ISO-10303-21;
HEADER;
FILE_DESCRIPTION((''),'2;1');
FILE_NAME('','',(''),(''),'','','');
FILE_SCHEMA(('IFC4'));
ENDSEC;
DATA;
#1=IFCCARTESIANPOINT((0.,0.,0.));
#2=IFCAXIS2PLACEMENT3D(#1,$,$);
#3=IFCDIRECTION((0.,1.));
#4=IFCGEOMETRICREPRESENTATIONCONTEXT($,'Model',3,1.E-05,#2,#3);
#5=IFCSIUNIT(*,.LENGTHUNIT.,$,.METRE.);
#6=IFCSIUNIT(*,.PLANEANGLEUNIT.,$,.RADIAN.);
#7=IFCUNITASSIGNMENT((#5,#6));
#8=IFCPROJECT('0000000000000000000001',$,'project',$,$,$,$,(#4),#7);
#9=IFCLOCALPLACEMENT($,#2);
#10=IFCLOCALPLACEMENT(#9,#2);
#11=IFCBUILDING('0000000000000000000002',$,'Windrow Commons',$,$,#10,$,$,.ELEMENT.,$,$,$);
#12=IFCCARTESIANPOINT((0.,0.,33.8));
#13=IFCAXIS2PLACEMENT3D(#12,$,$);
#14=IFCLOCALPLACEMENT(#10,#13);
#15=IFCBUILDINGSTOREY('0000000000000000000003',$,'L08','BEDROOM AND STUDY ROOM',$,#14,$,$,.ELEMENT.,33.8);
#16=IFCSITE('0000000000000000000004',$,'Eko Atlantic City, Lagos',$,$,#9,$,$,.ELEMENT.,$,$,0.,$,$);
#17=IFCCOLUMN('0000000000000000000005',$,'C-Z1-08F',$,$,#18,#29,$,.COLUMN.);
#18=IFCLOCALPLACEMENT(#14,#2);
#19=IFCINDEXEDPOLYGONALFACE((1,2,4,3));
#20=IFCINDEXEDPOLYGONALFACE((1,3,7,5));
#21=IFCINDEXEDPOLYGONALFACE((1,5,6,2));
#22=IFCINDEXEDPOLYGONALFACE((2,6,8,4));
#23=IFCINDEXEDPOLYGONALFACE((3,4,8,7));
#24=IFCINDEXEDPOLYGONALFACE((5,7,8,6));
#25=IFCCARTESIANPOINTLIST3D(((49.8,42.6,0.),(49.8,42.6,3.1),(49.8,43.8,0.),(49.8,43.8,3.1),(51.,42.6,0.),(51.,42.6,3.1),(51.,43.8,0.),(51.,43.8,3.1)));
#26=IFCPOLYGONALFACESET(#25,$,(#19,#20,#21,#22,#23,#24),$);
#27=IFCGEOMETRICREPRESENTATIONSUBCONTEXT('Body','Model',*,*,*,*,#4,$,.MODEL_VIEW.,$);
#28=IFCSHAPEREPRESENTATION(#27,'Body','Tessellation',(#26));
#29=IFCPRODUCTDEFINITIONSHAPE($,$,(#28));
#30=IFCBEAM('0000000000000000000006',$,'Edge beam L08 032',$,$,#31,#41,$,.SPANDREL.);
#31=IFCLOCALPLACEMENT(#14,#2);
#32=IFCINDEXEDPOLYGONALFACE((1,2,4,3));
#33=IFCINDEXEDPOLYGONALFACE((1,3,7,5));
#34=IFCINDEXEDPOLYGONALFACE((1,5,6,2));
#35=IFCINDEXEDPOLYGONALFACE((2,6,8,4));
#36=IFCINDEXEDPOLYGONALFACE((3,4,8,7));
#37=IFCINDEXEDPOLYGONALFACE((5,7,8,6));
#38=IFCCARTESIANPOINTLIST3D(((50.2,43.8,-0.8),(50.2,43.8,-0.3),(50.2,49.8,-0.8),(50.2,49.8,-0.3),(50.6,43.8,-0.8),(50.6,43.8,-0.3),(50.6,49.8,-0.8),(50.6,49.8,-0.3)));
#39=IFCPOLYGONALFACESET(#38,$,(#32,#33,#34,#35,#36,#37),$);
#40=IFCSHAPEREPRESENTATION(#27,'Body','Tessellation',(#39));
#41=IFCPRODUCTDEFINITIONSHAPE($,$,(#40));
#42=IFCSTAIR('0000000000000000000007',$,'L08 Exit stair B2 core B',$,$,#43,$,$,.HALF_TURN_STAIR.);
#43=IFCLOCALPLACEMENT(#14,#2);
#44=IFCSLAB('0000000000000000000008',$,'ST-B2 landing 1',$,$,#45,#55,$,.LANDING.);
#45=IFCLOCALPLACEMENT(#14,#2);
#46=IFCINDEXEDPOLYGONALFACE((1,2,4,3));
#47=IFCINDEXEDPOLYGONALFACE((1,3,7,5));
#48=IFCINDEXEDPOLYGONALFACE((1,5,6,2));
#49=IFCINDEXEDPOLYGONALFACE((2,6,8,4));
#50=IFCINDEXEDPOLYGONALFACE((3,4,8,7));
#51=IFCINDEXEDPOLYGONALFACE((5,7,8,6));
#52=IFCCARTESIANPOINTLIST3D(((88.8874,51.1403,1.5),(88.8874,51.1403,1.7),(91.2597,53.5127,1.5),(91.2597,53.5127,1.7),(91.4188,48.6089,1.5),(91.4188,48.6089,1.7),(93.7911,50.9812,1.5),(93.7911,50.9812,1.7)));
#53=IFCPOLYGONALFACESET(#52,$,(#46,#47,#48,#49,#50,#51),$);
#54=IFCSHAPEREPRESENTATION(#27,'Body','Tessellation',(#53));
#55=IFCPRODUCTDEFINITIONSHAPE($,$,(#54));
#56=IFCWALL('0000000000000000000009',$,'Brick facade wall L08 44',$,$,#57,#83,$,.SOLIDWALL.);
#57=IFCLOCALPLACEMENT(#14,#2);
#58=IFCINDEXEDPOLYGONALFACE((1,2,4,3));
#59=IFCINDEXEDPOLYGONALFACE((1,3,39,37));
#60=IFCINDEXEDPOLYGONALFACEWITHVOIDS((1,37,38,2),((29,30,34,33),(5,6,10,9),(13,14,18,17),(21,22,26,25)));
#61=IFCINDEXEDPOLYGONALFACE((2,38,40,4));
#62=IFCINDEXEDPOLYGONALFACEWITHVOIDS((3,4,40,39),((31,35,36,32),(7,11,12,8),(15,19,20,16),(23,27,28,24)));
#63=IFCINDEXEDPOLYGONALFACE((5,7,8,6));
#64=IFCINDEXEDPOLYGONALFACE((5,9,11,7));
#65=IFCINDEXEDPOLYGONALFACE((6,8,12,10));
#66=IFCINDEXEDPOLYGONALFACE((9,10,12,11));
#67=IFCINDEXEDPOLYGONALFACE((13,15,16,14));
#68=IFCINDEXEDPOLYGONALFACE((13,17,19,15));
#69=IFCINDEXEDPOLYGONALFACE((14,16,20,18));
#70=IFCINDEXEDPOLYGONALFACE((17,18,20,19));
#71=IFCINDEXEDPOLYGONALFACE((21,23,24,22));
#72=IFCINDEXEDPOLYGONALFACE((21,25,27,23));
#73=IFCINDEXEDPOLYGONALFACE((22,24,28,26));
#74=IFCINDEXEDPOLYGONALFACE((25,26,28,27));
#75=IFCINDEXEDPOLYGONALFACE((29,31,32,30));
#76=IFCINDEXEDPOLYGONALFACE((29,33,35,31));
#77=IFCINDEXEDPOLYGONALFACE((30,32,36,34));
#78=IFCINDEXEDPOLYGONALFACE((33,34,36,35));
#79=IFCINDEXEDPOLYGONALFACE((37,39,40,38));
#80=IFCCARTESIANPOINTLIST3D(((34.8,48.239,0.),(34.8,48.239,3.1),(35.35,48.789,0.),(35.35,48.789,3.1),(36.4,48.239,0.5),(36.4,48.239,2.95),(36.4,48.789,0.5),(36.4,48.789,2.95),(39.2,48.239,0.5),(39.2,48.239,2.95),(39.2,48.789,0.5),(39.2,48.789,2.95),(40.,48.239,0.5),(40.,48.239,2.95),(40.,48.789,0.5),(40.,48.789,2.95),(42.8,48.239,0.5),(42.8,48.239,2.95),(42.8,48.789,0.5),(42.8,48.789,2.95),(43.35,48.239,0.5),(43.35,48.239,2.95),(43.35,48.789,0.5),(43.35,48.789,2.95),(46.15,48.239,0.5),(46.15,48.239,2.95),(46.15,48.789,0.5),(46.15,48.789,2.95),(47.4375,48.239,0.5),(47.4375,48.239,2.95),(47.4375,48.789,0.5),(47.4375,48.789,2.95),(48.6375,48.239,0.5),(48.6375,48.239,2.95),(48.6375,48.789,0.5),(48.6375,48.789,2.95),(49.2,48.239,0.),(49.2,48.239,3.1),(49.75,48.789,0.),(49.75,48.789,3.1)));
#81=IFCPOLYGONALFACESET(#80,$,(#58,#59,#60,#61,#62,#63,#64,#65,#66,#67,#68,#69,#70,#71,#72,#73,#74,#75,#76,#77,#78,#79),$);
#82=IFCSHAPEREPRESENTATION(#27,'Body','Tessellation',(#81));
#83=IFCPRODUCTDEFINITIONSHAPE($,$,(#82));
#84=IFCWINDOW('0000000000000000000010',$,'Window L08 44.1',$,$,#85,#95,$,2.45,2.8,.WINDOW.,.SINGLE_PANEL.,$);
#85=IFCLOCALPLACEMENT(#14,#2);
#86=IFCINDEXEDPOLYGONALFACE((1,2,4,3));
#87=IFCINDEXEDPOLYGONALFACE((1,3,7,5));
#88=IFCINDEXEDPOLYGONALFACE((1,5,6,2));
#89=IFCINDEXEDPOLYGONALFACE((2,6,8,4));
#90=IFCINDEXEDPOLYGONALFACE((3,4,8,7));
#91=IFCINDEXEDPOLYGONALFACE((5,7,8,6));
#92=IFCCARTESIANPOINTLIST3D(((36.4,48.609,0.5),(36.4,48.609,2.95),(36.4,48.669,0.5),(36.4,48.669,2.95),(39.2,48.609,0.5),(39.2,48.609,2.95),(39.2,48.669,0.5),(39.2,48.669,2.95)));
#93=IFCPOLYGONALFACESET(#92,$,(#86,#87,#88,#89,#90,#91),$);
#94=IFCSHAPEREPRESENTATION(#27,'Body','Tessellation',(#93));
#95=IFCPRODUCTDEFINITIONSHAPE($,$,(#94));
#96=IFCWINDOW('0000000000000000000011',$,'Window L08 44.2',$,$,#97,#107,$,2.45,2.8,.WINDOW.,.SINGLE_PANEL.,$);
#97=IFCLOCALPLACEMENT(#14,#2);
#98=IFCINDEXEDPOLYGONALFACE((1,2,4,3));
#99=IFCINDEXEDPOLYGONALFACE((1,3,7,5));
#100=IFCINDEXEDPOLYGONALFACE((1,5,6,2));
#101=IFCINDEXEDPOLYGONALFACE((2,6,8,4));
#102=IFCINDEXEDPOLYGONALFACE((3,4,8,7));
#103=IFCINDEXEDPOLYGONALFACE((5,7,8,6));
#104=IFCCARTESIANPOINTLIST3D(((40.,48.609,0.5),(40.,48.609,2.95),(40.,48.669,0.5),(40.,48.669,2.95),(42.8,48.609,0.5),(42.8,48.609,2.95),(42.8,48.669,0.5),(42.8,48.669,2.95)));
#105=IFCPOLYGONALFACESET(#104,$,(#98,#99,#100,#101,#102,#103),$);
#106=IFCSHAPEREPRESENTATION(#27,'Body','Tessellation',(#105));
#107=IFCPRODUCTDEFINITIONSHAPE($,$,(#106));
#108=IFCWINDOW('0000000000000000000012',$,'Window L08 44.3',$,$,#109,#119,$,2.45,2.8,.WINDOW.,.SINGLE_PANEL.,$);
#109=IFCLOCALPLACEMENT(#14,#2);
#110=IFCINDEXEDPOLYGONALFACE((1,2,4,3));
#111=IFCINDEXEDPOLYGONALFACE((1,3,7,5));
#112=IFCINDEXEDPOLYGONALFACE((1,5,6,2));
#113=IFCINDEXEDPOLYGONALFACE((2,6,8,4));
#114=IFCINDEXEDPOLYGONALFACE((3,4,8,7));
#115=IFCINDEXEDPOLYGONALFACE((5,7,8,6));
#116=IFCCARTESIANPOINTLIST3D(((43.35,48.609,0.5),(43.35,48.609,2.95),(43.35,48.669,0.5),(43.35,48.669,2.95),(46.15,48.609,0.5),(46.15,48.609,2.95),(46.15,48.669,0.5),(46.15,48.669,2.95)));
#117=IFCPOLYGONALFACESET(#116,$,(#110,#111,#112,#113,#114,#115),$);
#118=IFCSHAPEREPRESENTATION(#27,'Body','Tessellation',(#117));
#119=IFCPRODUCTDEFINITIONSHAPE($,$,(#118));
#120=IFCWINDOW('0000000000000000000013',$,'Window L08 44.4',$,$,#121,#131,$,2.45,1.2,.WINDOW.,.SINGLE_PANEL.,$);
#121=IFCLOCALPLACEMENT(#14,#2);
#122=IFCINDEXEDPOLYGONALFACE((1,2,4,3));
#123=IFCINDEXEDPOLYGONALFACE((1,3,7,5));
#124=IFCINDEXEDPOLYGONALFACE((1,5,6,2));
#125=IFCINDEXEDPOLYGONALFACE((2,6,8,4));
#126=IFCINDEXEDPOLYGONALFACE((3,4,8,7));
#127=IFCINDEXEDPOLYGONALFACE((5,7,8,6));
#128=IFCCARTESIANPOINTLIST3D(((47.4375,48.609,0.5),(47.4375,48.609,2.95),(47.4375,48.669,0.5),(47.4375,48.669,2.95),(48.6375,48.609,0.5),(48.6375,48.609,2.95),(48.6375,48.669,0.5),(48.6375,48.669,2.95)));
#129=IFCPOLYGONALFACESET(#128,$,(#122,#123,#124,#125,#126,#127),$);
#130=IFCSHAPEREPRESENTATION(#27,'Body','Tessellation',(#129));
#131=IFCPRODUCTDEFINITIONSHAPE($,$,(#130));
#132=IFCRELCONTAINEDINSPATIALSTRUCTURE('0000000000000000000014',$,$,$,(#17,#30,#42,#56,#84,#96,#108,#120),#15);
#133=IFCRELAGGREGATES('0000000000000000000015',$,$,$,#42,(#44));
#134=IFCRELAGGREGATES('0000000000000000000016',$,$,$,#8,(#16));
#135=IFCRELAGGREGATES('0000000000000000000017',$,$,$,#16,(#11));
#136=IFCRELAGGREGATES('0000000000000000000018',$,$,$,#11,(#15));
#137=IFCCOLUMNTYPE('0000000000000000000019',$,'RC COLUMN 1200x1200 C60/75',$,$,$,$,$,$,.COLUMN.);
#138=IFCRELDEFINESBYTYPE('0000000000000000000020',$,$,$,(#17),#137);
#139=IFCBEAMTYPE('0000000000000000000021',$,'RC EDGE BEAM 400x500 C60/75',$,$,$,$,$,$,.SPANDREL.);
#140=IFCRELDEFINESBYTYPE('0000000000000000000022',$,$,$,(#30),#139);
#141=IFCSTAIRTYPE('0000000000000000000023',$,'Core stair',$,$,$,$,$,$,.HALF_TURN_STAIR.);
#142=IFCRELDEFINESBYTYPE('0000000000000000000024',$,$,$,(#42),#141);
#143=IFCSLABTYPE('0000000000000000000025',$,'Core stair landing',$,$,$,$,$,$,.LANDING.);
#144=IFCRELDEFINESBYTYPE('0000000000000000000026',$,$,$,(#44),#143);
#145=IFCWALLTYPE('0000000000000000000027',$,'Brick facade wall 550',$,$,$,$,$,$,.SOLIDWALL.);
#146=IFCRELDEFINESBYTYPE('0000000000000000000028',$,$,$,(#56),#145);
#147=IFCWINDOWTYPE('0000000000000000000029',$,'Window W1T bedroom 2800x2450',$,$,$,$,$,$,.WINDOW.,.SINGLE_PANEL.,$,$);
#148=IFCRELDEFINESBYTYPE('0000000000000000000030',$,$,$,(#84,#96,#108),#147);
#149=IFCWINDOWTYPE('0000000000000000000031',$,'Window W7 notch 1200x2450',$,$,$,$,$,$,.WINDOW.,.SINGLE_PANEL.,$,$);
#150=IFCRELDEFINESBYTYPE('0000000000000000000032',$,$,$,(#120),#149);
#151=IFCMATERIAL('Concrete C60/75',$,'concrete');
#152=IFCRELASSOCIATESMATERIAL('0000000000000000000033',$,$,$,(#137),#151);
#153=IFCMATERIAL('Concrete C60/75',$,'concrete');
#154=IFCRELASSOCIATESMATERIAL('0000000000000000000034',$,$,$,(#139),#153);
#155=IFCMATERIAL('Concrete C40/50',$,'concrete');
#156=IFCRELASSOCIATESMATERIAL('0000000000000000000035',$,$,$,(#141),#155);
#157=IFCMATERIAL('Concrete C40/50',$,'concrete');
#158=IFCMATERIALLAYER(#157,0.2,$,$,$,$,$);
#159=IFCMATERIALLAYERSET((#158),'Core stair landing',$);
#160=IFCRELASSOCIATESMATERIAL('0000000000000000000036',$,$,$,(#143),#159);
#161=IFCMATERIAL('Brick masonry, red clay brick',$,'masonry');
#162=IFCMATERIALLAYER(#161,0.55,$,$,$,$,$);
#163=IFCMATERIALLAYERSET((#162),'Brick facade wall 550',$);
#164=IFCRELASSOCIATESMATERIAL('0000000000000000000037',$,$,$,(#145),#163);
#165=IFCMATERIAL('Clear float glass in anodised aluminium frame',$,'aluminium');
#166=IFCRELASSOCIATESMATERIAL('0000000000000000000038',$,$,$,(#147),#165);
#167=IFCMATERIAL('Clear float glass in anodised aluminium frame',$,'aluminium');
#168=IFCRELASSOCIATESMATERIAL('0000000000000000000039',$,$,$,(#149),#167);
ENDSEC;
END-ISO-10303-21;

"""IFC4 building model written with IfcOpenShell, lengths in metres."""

from ifc_helpers import new_model, si_unit, direction, frame, frame_2d, origin, origin_2d, place, context, subcontext, project, spatial, polyline, rectangle, outline, extrude, material, layer, layer_set, material_profile, profile_set, type_object, element, fill, aggregate, save


model = new_model("IFC4")

# Units and contexts
model_context = context("Model", 3, precision=1e-05, world=origin(), true_north=direction((0.0, 1.0)))
body_context = subcontext(model_context, "Body", "Model", "MODEL_VIEW")
ifc_project = project(units=[si_unit("LENGTHUNIT", "METRE"), si_unit("PLANEANGLEUNIT", "RADIAN")], contexts=[model_context])

# Site, building, storey
site_placement = place(None, origin())
site = spatial("IfcSite", under=ifc_project, at=site_placement, Name="Eko Atlantic City, Lagos", CompositionType="ELEMENT", RefElevation=0.0)
building_placement = place(site_placement, origin())
building = spatial("IfcBuilding", under=site, at=building_placement, Name="Windrow Commons", CompositionType="ELEMENT")
storey_placement = place(building_placement, frame((0.0, 0.0, 33.8)))
storey = spatial("IfcBuildingStorey", under=building, at=storey_placement, Name="L08", Description="BEDROOM AND STUDY ROOM", CompositionType="ELEMENT", Elevation=33.8)

# Column
ifc_material_1 = material(Name="Concrete C60/75", Category="concrete")
ifc_material_profile_1 = material_profile(ifc_material_1, rectangle(XDim=1.2, YDim=1.2, at=origin_2d()))
ifc_profile_set_1 = profile_set([ifc_material_profile_1], Name="Concrete C60/75")
column_type = type_object("IfcColumnType", Name="RC COLUMN 1200x1200 C60/75", PredefinedType="COLUMN", material=ifc_profile_set_1)
column_placement = place(storey_placement, frame((50.4, 43.2, 0.0), z_axis=(0.0, 0.0, 1.0), x_axis=(1.0, 0.0, 0.0)))
element("IfcColumn", 1, at=column_placement, inside=storey, type_object=column_type, Name="C-Z1-08F", PredefinedType="COLUMN", context=body_context, shape_type="SweptSolid", body=[
    extrude(rectangle(XDim=1.2, YDim=1.2, at=origin_2d()), origin(), (0.0, 0.0, 1.0), 3.1),
])

# Beam
ifc_material_2 = material(Name="Concrete C60/75", Category="concrete")
ifc_material_profile_2 = material_profile(ifc_material_2, rectangle(XDim=0.4, YDim=0.5, at=origin_2d()))
ifc_profile_set_2 = profile_set([ifc_material_profile_2], Name="Concrete C60/75")
beam_type = type_object("IfcBeamType", Name="RC EDGE BEAM 400x500 C60/75", PredefinedType="SPANDREL", material=ifc_profile_set_2)
beam_placement = place(storey_placement, frame((50.4, 43.8, -0.55), z_axis=(0.0, 1.0, 0.0), x_axis=(-1.0, 0.0, 0.0)))
element("IfcBeam", 2, at=beam_placement, inside=storey, type_object=beam_type, Name="Edge beam L08 032", PredefinedType="SPANDREL", context=body_context, shape_type="SweptSolid", body=[
    extrude(rectangle(XDim=0.4, YDim=0.5, at=origin_2d()), origin(), (0.0, 0.0, 1.0), 6.0),
])

# Stair, slab
ifc_material_3 = material(Name="Concrete C40/50", Category="concrete")
stair_type = type_object("IfcStairType", Name="Core stair", PredefinedType="HALF_TURN_STAIR", material=ifc_material_3)
stair_placement = place(storey_placement, origin())
stair = element("IfcStair", 3, at=stair_placement, inside=storey, type_object=stair_type, Name="L08 Exit stair B2 core B", PredefinedType="HALF_TURN_STAIR")
ifc_material_4 = material(Name="Concrete C40/50", Category="concrete")
ifc_layer_1 = layer(ifc_material_4, 0.2)
ifc_layer_set_1 = layer_set([ifc_layer_1], Name="Core stair landing")
slab_type = type_object("IfcSlabType", Name="Core stair landing", PredefinedType="LANDING", material=ifc_layer_set_1)
slab_placement = place(storey_placement, frame((0.0, 0.0, 1.5)))
slab = element("IfcSlab", 4, at=slab_placement, type_object=slab_type, Name="ST-B2 landing 1", PredefinedType="LANDING", context=body_context, shape_type="SweptSolid", body=[
    extrude(outline(polyline([(88.8874, 51.1403), (91.4188, 48.6089), (93.7911, 50.9812), (91.2597, 53.5127), (88.8874, 51.1403)])), origin(), (0.0, 0.0, 1.0), 0.2),
])
aggregate(stair, [slab])

# Wall, openings, windows
ifc_material_5 = material(Name="Brick masonry, red clay brick", Category="masonry")
ifc_layer_2 = layer(ifc_material_5, 0.55)
ifc_layer_set_2 = layer_set([ifc_layer_2], Name="Brick facade wall 550")
wall_type_1 = type_object("IfcWallType", Name="Brick facade wall 550", PredefinedType="SOLIDWALL", material=ifc_layer_set_2)
wall_1_placement = place(storey_placement, frame((35.075, 48.514, 0.0), z_axis=(0.0, 0.0, 1.0), x_axis=(1.0, 0.0, 0.0)))
wall_1 = element("IfcWall", 5, at=wall_1_placement, inside=storey, type_object=wall_type_1, Name="Brick facade wall L08 44", PredefinedType="SOLIDWALL", context=body_context, shape_type="SweptSolid", body=[
    extrude(outline(polyline([(-0.275, -0.275), (14.125, -0.275), (14.675, 0.275), (0.275, 0.275), (-0.275, -0.275)])), origin(), (0.0, 0.0, 1.0), 3.1),
])
opening_1_placement = place(wall_1_placement, frame((1.325, 0.0, 0.5)))
opening_1 = element("IfcOpeningElement", 6, at=opening_1_placement, cuts=wall_1, PredefinedType="OPENING", context=body_context, shape_type="SweptSolid", body=[
    extrude(rectangle(XDim=2.8, YDim=2.45, at=frame_2d((1.4, 1.225))), frame((0.0, 0.285, 0.0), z_axis=(0.0, -1.0, 0.0), x_axis=(1.0, 0.0, 0.0)), (0.0, 0.0, 1.0), 0.57),
])
opening_2_placement = place(wall_1_placement, frame((4.925, 0.0, 0.5)))
opening_2 = element("IfcOpeningElement", 7, at=opening_2_placement, cuts=wall_1, PredefinedType="OPENING", context=body_context, shape_type="SweptSolid", body=[
    extrude(rectangle(XDim=2.8, YDim=2.45, at=frame_2d((1.4, 1.225))), frame((0.0, 0.285, 0.0), z_axis=(0.0, -1.0, 0.0), x_axis=(1.0, 0.0, 0.0)), (0.0, 0.0, 1.0), 0.57),
])
opening_3_placement = place(wall_1_placement, frame((8.275, 0.0, 0.5)))
opening_3 = element("IfcOpeningElement", 8, at=opening_3_placement, cuts=wall_1, PredefinedType="OPENING", context=body_context, shape_type="SweptSolid", body=[
    extrude(rectangle(XDim=2.8, YDim=2.45, at=frame_2d((1.4, 1.225))), frame((0.0, 0.285, 0.0), z_axis=(0.0, -1.0, 0.0), x_axis=(1.0, 0.0, 0.0)), (0.0, 0.0, 1.0), 0.57),
])
opening_4_placement = place(wall_1_placement, frame((12.3625, 0.0, 0.5)))
opening_4 = element("IfcOpeningElement", 9, at=opening_4_placement, cuts=wall_1, PredefinedType="OPENING", context=body_context, shape_type="SweptSolid", body=[
    extrude(rectangle(XDim=1.2, YDim=2.45, at=frame_2d((0.6, 1.225))), frame((0.0, 0.285, 0.0), z_axis=(0.0, -1.0, 0.0), x_axis=(1.0, 0.0, 0.0)), (0.0, 0.0, 1.0), 0.57),
])
ifc_material_6 = material(Name="Clear float glass in anodised aluminium frame", Category="aluminium")
window_type_1 = type_object("IfcWindowType", Name="Window W1T bedroom 2800x2450", PartitioningType="SINGLE_PANEL", PredefinedType="WINDOW", material=ifc_material_6)
window_1_placement = place(opening_1_placement, origin())
window_1 = element("IfcWindow", 10, at=window_1_placement, inside=storey, type_object=window_type_1, Name="Window L08 44.1", OverallHeight=2.45, OverallWidth=2.8, PartitioningType="SINGLE_PANEL", PredefinedType="WINDOW", context=body_context, shape_type="SweptSolid", body=[
    extrude(rectangle(XDim=2.8, YDim=2.45, at=frame_2d((1.4, 1.225))), frame((0.0, 0.155, 0.0), z_axis=(0.0, -1.0, 0.0), x_axis=(1.0, 0.0, 0.0)), (0.0, 0.0, 1.0), 0.06),
])
fill(opening_1, window_1)
window_2_placement = place(opening_2_placement, origin())
window_2 = element("IfcWindow", 11, at=window_2_placement, inside=storey, type_object=window_type_1, Name="Window L08 44.2", OverallHeight=2.45, OverallWidth=2.8, PartitioningType="SINGLE_PANEL", PredefinedType="WINDOW", context=body_context, shape_type="SweptSolid", body=[
    extrude(rectangle(XDim=2.8, YDim=2.45, at=frame_2d((1.4, 1.225))), frame((0.0, 0.155, 0.0), z_axis=(0.0, -1.0, 0.0), x_axis=(1.0, 0.0, 0.0)), (0.0, 0.0, 1.0), 0.06),
])
fill(opening_2, window_2)
window_3_placement = place(opening_3_placement, origin())
window_3 = element("IfcWindow", 12, at=window_3_placement, inside=storey, type_object=window_type_1, Name="Window L08 44.3", OverallHeight=2.45, OverallWidth=2.8, PartitioningType="SINGLE_PANEL", PredefinedType="WINDOW", context=body_context, shape_type="SweptSolid", body=[
    extrude(rectangle(XDim=2.8, YDim=2.45, at=frame_2d((1.4, 1.225))), frame((0.0, 0.155, 0.0), z_axis=(0.0, -1.0, 0.0), x_axis=(1.0, 0.0, 0.0)), (0.0, 0.0, 1.0), 0.06),
])
fill(opening_3, window_3)
ifc_material_7 = material(Name="Clear float glass in anodised aluminium frame", Category="aluminium")
window_type_2 = type_object("IfcWindowType", Name="Window W7 notch 1200x2450", PartitioningType="SINGLE_PANEL", PredefinedType="WINDOW", material=ifc_material_7)
window_4_placement = place(opening_4_placement, origin())
window_4 = element("IfcWindow", 13, at=window_4_placement, inside=storey, type_object=window_type_2, Name="Window L08 44.4", OverallHeight=2.45, OverallWidth=1.2, PartitioningType="SINGLE_PANEL", PredefinedType="WINDOW", context=body_context, shape_type="SweptSolid", body=[
    extrude(rectangle(XDim=1.2, YDim=2.45, at=frame_2d((0.6, 1.225))), frame((0.0, 0.155, 0.0), z_axis=(0.0, -1.0, 0.0), x_axis=(1.0, 0.0, 0.0)), (0.0, 0.0, 1.0), 0.06),
])
fill(opening_4, window_4)

save(model, "model.ifc")
